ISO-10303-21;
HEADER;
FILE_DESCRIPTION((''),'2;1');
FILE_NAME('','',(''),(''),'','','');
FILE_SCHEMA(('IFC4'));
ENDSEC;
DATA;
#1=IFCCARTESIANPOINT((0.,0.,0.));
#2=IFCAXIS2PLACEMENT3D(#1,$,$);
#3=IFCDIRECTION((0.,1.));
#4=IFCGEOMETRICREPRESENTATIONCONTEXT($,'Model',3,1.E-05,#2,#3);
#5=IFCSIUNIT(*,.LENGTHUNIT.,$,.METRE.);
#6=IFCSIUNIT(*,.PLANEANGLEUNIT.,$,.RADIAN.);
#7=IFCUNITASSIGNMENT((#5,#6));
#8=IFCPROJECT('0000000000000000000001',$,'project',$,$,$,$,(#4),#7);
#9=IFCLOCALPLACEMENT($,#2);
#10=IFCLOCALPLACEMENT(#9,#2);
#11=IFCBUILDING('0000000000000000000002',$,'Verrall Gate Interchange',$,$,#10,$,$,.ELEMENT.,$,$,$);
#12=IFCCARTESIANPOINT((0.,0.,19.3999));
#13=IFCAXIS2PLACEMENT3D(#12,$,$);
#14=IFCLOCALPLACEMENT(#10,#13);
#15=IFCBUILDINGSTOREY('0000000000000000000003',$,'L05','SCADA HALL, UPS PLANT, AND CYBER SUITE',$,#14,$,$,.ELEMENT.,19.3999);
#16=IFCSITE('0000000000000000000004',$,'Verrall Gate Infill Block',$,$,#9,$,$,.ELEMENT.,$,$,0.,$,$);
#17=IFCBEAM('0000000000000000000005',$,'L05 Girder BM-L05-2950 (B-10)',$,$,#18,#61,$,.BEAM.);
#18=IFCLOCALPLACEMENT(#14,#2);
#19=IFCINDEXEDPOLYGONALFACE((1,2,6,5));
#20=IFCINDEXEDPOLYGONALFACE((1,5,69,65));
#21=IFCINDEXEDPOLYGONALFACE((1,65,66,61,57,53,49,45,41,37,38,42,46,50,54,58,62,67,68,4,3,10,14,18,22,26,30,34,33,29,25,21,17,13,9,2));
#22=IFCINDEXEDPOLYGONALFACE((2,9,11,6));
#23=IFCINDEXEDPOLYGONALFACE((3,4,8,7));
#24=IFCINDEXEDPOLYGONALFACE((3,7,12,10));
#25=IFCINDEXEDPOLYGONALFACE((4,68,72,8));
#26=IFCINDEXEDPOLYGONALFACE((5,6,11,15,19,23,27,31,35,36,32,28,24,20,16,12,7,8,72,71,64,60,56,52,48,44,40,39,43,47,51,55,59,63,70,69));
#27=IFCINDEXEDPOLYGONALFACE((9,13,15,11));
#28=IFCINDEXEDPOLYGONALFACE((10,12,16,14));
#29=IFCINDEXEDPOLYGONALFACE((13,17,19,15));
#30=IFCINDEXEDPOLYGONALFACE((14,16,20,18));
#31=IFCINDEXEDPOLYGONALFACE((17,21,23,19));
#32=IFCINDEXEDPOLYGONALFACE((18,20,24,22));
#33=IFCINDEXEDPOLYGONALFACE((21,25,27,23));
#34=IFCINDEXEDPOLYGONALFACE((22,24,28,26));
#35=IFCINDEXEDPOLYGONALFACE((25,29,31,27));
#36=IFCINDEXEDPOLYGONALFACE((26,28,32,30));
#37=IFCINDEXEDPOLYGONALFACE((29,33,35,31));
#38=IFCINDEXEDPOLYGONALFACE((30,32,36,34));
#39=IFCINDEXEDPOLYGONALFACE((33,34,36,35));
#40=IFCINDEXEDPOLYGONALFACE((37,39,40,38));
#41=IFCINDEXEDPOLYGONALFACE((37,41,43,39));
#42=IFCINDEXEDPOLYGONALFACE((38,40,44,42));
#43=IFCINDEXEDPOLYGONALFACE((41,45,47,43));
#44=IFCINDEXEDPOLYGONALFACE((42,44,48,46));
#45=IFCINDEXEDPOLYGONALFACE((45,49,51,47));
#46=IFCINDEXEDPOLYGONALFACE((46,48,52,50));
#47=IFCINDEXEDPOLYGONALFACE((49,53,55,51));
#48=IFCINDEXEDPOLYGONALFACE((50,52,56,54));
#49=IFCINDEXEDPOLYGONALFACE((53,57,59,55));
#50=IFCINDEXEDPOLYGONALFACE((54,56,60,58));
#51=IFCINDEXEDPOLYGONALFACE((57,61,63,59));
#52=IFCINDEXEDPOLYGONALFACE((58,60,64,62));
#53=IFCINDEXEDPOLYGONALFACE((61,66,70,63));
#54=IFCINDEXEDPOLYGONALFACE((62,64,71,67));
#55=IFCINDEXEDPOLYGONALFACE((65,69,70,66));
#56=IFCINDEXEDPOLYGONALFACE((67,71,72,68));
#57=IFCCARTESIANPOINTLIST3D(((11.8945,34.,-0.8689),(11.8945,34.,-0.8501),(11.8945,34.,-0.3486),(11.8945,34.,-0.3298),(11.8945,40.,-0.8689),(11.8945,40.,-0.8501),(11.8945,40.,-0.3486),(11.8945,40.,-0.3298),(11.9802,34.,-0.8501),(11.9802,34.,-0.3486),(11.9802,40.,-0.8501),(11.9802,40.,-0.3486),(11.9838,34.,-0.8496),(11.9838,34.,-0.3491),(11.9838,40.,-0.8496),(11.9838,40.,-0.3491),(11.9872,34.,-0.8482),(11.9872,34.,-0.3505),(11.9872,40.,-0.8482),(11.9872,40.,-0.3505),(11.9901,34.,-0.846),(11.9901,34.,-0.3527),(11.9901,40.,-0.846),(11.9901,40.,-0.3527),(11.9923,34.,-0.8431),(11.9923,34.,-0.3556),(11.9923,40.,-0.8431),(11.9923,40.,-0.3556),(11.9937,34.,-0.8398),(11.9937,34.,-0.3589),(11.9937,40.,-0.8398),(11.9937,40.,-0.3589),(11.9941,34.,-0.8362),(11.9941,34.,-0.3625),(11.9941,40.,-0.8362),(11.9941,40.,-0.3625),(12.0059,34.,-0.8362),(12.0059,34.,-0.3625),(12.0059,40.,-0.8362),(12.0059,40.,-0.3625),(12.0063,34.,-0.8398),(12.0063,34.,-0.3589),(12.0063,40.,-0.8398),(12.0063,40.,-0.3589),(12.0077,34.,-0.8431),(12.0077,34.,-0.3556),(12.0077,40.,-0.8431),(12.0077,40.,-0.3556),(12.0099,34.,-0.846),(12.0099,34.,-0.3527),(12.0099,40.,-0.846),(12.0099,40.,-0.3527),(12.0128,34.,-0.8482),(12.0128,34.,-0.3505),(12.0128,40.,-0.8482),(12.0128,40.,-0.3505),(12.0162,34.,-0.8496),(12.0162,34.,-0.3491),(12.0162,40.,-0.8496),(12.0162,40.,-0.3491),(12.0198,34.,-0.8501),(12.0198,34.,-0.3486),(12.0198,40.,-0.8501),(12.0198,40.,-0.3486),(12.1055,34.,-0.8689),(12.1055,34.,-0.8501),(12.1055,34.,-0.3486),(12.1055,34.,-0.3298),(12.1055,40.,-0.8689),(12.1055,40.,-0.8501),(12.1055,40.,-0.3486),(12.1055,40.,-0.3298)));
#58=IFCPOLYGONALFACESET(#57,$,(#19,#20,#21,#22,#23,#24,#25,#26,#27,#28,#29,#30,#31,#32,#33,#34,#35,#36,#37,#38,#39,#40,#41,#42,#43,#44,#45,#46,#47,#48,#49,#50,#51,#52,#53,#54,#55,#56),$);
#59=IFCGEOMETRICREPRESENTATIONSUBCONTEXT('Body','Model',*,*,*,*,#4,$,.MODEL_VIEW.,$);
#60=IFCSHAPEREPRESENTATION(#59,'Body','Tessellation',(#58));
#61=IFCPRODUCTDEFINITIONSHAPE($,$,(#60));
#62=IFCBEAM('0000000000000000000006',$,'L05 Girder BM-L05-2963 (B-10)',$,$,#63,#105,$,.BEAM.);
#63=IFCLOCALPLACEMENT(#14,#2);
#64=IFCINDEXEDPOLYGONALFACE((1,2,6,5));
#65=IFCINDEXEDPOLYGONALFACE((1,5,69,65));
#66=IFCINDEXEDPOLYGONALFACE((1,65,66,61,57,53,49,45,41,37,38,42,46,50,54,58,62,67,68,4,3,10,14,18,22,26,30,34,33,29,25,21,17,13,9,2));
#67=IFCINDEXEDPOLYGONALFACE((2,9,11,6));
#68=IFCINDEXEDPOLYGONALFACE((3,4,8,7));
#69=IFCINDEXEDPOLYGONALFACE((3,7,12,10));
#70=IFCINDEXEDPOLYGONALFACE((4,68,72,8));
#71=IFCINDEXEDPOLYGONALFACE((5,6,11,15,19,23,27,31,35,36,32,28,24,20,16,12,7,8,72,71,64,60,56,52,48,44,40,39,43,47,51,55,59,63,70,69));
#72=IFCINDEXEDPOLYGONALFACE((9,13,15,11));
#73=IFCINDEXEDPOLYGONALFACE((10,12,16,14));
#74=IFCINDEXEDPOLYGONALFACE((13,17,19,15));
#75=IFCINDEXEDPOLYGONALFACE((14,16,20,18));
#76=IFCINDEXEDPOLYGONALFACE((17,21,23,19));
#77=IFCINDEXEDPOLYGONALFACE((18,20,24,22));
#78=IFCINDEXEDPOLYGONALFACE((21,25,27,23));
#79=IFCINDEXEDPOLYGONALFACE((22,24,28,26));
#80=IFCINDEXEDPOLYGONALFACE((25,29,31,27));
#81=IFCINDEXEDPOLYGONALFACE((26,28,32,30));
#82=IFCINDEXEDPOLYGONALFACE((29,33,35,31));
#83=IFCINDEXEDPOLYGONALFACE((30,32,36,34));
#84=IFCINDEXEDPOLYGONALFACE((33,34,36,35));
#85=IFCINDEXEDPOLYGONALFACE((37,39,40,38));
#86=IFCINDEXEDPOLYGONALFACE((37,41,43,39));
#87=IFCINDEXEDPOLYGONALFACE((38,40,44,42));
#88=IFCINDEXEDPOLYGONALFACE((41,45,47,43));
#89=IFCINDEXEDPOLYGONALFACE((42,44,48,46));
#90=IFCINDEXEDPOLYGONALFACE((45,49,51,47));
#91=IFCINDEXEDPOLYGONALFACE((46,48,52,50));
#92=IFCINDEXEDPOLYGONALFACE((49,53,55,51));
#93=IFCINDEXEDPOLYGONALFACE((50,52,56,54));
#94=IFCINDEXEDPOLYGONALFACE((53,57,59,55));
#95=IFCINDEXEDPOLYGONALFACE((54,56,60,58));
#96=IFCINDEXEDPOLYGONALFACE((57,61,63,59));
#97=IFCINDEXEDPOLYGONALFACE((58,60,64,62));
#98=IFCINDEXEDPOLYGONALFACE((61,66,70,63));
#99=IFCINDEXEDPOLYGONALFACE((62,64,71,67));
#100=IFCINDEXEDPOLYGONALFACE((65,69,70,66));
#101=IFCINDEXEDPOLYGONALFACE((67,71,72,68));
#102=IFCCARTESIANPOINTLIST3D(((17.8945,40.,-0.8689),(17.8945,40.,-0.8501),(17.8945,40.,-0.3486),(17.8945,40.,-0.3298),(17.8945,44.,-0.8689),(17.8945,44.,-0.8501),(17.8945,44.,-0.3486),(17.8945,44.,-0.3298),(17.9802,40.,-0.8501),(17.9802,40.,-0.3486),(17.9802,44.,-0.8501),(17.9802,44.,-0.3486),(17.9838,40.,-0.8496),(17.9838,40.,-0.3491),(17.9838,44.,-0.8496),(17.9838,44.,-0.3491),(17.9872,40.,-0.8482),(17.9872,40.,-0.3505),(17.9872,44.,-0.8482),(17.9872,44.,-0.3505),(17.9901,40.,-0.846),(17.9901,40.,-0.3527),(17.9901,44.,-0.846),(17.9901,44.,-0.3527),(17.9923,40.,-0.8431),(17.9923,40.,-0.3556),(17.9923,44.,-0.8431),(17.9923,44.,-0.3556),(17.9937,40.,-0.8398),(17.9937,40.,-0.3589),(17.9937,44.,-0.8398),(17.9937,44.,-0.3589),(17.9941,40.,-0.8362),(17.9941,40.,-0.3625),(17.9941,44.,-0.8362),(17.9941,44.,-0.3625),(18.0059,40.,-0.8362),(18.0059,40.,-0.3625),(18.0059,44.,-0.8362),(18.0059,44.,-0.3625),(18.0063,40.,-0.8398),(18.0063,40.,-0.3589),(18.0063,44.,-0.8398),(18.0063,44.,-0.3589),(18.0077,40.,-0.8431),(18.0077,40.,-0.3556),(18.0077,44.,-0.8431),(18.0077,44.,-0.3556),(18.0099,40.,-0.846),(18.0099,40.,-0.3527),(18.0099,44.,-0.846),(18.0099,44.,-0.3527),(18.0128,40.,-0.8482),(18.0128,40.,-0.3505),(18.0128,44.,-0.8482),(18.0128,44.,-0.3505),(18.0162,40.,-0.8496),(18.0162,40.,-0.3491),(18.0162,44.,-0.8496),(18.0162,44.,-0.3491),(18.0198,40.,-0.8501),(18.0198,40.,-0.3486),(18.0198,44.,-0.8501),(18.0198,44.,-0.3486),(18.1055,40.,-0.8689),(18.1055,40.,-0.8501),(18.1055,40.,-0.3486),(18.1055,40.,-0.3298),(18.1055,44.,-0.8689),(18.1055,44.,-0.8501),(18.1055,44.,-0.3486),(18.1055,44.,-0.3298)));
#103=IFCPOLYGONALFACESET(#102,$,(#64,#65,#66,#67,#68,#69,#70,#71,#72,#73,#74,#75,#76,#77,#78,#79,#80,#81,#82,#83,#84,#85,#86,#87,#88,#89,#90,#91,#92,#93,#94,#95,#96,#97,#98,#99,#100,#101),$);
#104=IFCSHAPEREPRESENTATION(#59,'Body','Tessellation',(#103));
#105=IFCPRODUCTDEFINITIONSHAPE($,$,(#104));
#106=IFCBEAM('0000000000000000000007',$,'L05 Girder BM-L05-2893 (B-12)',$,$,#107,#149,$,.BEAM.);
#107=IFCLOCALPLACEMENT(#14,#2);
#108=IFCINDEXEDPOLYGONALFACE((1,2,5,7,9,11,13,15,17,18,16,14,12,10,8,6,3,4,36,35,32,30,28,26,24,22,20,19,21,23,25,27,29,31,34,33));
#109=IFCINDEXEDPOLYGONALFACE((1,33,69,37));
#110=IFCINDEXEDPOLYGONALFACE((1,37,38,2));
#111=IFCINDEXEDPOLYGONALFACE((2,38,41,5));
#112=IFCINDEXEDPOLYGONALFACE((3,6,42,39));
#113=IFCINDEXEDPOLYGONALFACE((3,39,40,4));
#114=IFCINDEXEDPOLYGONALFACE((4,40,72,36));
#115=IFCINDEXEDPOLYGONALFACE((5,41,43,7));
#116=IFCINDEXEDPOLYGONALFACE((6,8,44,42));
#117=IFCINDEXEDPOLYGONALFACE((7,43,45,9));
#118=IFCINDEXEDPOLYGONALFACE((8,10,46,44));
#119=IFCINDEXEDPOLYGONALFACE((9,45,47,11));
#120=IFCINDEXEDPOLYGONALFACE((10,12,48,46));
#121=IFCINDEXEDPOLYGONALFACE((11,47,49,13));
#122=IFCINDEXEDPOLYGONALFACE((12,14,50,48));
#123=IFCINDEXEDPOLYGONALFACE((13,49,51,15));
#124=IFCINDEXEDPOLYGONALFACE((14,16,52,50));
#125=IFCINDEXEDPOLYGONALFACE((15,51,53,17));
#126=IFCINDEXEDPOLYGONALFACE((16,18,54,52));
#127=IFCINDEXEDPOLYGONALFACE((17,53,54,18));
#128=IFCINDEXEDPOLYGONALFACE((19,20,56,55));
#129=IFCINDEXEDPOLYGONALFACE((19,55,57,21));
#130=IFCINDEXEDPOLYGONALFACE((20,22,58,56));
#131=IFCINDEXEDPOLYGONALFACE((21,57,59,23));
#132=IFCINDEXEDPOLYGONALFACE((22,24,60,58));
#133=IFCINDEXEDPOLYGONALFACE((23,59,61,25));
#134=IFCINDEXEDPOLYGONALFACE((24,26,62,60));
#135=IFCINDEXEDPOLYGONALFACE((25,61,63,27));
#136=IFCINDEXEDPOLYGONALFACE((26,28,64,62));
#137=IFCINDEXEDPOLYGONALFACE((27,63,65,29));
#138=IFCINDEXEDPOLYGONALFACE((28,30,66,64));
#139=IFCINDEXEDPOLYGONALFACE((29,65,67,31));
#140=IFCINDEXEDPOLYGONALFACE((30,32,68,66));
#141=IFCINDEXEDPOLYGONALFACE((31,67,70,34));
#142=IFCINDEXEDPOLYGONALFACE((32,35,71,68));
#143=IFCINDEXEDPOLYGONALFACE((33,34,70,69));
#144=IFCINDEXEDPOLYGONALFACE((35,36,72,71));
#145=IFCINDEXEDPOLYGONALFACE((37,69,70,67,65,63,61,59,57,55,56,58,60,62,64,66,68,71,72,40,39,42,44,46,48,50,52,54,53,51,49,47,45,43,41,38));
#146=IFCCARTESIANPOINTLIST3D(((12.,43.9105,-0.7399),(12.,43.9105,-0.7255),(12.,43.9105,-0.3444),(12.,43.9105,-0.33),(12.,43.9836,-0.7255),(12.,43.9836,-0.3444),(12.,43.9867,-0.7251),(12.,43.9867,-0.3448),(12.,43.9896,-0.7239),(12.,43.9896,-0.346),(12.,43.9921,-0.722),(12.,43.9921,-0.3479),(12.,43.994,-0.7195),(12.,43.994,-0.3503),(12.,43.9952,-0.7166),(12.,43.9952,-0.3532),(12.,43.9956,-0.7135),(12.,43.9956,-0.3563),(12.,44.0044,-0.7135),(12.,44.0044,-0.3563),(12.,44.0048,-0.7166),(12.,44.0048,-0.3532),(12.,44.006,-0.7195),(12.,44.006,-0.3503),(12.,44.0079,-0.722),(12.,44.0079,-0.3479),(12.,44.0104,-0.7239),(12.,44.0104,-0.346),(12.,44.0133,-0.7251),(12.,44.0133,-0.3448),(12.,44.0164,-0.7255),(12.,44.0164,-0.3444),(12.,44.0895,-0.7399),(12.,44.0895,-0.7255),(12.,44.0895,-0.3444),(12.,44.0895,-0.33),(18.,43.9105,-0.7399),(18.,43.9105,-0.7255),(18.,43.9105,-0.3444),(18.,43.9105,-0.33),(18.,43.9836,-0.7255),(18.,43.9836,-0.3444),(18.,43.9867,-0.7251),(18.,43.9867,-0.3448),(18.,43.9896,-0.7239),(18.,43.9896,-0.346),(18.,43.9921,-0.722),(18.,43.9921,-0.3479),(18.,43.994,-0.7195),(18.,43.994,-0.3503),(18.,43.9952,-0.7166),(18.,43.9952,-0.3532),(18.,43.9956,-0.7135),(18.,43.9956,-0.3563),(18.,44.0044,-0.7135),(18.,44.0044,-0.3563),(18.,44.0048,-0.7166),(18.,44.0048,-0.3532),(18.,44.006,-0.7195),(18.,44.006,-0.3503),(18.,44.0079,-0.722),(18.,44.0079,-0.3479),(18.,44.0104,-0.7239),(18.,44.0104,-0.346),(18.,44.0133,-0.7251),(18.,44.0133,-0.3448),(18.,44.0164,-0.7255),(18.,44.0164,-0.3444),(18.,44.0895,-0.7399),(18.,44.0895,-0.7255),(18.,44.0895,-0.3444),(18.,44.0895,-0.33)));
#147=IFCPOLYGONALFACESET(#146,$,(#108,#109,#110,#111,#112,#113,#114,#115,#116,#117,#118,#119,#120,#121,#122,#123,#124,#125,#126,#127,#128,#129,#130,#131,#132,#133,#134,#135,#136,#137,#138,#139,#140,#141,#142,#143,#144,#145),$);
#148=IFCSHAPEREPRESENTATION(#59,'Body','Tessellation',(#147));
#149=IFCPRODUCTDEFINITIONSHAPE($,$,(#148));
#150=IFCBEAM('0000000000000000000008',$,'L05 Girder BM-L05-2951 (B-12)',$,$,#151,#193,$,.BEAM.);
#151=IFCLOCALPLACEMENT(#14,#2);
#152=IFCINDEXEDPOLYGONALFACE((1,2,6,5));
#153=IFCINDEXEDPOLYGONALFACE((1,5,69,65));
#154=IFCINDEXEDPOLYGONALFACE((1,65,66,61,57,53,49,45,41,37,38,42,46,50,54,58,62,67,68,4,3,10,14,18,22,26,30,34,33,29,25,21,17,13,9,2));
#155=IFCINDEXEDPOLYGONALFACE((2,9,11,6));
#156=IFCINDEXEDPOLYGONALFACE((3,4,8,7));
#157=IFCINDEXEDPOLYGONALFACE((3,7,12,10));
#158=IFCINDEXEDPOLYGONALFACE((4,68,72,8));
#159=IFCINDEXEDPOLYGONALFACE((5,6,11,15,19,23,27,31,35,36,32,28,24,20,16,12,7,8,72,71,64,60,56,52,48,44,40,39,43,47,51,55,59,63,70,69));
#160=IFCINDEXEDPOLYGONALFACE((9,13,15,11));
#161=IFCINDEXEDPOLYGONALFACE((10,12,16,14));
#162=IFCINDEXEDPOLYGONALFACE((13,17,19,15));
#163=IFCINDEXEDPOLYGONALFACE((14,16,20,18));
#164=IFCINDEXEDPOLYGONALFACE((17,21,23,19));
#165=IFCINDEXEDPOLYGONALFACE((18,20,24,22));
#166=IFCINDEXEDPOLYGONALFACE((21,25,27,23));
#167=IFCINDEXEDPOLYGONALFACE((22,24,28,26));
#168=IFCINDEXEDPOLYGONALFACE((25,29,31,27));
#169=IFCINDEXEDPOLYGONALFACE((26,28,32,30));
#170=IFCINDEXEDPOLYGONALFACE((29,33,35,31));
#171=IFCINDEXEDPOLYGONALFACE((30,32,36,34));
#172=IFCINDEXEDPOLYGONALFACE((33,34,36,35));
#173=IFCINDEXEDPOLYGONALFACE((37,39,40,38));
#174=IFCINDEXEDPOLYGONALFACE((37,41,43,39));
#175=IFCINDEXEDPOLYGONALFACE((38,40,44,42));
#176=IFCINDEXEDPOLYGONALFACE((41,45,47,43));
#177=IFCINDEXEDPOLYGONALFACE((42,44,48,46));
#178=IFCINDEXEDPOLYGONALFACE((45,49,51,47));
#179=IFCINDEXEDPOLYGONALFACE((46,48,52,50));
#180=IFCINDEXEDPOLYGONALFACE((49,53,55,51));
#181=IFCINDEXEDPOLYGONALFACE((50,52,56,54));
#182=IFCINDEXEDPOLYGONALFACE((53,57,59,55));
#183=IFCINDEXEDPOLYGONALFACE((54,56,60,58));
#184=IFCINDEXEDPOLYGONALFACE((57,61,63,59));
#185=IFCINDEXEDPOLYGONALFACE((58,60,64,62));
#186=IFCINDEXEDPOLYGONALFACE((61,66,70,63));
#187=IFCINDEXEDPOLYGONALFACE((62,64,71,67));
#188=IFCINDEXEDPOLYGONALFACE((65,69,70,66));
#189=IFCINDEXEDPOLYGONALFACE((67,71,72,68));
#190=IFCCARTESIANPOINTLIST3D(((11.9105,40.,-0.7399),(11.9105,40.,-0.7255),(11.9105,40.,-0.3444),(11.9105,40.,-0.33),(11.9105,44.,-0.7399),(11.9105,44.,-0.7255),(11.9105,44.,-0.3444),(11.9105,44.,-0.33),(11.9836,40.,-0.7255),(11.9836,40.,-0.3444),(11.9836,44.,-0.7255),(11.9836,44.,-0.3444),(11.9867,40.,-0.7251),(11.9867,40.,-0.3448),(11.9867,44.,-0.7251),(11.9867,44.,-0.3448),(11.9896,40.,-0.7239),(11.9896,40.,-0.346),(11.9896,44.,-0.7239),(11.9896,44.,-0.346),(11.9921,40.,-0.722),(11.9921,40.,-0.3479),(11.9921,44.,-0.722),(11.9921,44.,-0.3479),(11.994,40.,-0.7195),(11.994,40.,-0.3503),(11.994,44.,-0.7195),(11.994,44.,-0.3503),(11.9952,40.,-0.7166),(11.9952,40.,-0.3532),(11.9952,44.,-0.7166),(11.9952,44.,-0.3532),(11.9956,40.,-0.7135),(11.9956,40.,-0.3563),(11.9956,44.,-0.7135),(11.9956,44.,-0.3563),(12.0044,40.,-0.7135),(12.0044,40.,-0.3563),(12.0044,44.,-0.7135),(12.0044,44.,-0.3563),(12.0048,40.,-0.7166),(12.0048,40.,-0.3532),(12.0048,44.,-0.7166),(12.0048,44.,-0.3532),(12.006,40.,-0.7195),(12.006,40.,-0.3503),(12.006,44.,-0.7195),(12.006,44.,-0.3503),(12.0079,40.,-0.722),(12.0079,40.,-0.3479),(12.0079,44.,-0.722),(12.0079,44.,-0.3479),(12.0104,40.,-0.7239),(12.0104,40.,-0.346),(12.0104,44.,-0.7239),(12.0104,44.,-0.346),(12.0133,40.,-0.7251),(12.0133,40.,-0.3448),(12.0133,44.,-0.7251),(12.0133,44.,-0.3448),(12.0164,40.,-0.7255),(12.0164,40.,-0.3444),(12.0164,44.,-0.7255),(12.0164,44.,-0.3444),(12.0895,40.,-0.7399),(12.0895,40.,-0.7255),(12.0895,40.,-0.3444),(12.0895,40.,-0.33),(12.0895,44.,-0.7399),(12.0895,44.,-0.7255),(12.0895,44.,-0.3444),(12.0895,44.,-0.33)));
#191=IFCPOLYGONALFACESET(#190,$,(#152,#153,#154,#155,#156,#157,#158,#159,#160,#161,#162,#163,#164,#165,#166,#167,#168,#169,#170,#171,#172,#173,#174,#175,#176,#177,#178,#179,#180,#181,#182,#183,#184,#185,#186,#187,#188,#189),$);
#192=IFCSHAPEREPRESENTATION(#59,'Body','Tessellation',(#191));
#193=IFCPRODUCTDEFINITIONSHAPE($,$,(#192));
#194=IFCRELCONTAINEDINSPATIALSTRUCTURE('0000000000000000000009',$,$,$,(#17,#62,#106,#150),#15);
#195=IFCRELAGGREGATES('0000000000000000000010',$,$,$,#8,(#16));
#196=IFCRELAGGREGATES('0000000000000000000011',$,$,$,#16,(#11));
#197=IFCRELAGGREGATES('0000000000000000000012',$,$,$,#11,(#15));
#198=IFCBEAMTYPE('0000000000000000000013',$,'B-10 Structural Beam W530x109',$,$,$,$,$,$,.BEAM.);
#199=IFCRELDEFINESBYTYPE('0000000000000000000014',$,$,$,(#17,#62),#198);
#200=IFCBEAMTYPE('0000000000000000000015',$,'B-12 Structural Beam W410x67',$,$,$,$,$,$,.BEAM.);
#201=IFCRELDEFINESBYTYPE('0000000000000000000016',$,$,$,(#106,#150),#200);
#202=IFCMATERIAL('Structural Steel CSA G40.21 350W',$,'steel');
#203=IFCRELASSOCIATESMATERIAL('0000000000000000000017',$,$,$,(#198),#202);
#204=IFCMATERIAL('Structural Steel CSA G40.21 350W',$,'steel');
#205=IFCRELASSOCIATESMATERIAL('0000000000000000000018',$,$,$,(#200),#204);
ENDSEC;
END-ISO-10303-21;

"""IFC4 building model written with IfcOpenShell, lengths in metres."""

from ifc_helpers import new_model, si_unit, direction, frame, origin, origin_2d, place, context, subcontext, project, spatial, i_section, extrude, material, material_profile, profile_set, type_object, element, save


model = new_model("IFC4")

# Units and contexts
model_context = context("Model", 3, precision=1e-05, world=origin(), true_north=direction((0.0, 1.0)))
body_context = subcontext(model_context, "Body", "Model", "MODEL_VIEW")
ifc_project = project(units=[si_unit("LENGTHUNIT", "METRE"), si_unit("PLANEANGLEUNIT", "RADIAN")], contexts=[model_context])

# Site, building, storey
site_placement = place(None, origin())
site = spatial("IfcSite", under=ifc_project, at=site_placement, Name="Verrall Gate Infill Block", CompositionType="ELEMENT", RefElevation=0.0)
building_placement = place(site_placement, origin())
building = spatial("IfcBuilding", under=site, at=building_placement, Name="Verrall Gate Interchange", CompositionType="ELEMENT")
storey_placement = place(building_placement, frame((0.0, 0.0, 19.3999)))
storey = spatial("IfcBuildingStorey", under=building, at=storey_placement, Name="L05", Description="SCADA HALL, UPS PLANT, AND CYBER SUITE", CompositionType="ELEMENT", Elevation=19.3999)

# Beams
ifc_material_1 = material(Name="Structural Steel CSA G40.21 350W", Category="steel")
ifc_material_profile_1 = material_profile(ifc_material_1, i_section(OverallWidth=0.2109, OverallDepth=0.5391, WebThickness=0.0117, FlangeThickness=0.0188, FilletRadius=0.0139, at=origin_2d()), Name="W530x109")
ifc_profile_set_1 = profile_set([ifc_material_profile_1], Name="Structural Steel CSA G40.21 350W")
beam_type_1 = type_object("IfcBeamType", Name="B-10 Structural Beam W530x109", PredefinedType="BEAM", material=ifc_profile_set_1)
beam_1_placement = place(storey_placement, frame((12.0, 34.0, -0.5994), z_axis=(0.0, 1.0, 0.0), x_axis=(-1.0, 0.0, 0.0)))
element("IfcBeam", 1, at=beam_1_placement, inside=storey, type_object=beam_type_1, Name="L05 Girder BM-L05-2950 (B-10)", PredefinedType="BEAM", context=body_context, shape_type="SweptSolid", body=[
    extrude(i_section(OverallWidth=0.2109, OverallDepth=0.5391, WebThickness=0.0117, FlangeThickness=0.0188, FilletRadius=0.0139, at=origin_2d()), origin(), (0.0, 0.0, 1.0), 6.0),
])
beam_2_placement = place(storey_placement, frame((18.0, 40.0, -0.5994), z_axis=(0.0, 1.0, 0.0), x_axis=(-1.0, 0.0, 0.0)))
element("IfcBeam", 2, at=beam_2_placement, inside=storey, type_object=beam_type_1, Name="L05 Girder BM-L05-2963 (B-10)", PredefinedType="BEAM", context=body_context, shape_type="SweptSolid", body=[
    extrude(i_section(OverallWidth=0.2109, OverallDepth=0.5391, WebThickness=0.0117, FlangeThickness=0.0188, FilletRadius=0.0139, at=origin_2d()), origin(), (0.0, 0.0, 1.0), 4.0),
])
ifc_material_2 = material(Name="Structural Steel CSA G40.21 350W", Category="steel")
ifc_material_profile_2 = material_profile(ifc_material_2, i_section(OverallWidth=0.179, OverallDepth=0.4099, WebThickness=0.0088, FlangeThickness=0.0144, FilletRadius=0.012, at=origin_2d()), Name="W410x67")
ifc_profile_set_2 = profile_set([ifc_material_profile_2], Name="Structural Steel CSA G40.21 350W")
beam_type_2 = type_object("IfcBeamType", Name="B-12 Structural Beam W410x67", PredefinedType="BEAM", material=ifc_profile_set_2)
beam_3_placement = place(storey_placement, frame((12.0, 44.0, -0.5349), z_axis=(1.0, 0.0, 0.0), x_axis=(0.0, 1.0, 0.0)))
element("IfcBeam", 3, at=beam_3_placement, inside=storey, type_object=beam_type_2, Name="L05 Girder BM-L05-2893 (B-12)", PredefinedType="BEAM", context=body_context, shape_type="SweptSolid", body=[
    extrude(i_section(OverallWidth=0.179, OverallDepth=0.4099, WebThickness=0.0088, FlangeThickness=0.0144, FilletRadius=0.012, at=origin_2d()), origin(), (0.0, 0.0, 1.0), 6.0),
])
for number, where, z_axis, x_axis, name in (
    (4, (12.0, 40.0, -0.5349), (0.0, 1.0, 0.0), (-1.0, 0.0, 0.0), "L05 Girder BM-L05-2951 (B-12)"),
):
    element("IfcBeam", number, at=place(storey_placement, frame(where, z_axis=z_axis, x_axis=x_axis)), inside=storey, type_object=beam_type_2, Name=name, PredefinedType="BEAM", context=body_context, shape_type="SweptSolid", body=[
        extrude(i_section(OverallWidth=0.179, OverallDepth=0.4099, WebThickness=0.0088, FlangeThickness=0.0144, FilletRadius=0.012, at=origin_2d()), origin(), (0.0, 0.0, 1.0), 4.0),
    ])

save(model, "model.ifc")
